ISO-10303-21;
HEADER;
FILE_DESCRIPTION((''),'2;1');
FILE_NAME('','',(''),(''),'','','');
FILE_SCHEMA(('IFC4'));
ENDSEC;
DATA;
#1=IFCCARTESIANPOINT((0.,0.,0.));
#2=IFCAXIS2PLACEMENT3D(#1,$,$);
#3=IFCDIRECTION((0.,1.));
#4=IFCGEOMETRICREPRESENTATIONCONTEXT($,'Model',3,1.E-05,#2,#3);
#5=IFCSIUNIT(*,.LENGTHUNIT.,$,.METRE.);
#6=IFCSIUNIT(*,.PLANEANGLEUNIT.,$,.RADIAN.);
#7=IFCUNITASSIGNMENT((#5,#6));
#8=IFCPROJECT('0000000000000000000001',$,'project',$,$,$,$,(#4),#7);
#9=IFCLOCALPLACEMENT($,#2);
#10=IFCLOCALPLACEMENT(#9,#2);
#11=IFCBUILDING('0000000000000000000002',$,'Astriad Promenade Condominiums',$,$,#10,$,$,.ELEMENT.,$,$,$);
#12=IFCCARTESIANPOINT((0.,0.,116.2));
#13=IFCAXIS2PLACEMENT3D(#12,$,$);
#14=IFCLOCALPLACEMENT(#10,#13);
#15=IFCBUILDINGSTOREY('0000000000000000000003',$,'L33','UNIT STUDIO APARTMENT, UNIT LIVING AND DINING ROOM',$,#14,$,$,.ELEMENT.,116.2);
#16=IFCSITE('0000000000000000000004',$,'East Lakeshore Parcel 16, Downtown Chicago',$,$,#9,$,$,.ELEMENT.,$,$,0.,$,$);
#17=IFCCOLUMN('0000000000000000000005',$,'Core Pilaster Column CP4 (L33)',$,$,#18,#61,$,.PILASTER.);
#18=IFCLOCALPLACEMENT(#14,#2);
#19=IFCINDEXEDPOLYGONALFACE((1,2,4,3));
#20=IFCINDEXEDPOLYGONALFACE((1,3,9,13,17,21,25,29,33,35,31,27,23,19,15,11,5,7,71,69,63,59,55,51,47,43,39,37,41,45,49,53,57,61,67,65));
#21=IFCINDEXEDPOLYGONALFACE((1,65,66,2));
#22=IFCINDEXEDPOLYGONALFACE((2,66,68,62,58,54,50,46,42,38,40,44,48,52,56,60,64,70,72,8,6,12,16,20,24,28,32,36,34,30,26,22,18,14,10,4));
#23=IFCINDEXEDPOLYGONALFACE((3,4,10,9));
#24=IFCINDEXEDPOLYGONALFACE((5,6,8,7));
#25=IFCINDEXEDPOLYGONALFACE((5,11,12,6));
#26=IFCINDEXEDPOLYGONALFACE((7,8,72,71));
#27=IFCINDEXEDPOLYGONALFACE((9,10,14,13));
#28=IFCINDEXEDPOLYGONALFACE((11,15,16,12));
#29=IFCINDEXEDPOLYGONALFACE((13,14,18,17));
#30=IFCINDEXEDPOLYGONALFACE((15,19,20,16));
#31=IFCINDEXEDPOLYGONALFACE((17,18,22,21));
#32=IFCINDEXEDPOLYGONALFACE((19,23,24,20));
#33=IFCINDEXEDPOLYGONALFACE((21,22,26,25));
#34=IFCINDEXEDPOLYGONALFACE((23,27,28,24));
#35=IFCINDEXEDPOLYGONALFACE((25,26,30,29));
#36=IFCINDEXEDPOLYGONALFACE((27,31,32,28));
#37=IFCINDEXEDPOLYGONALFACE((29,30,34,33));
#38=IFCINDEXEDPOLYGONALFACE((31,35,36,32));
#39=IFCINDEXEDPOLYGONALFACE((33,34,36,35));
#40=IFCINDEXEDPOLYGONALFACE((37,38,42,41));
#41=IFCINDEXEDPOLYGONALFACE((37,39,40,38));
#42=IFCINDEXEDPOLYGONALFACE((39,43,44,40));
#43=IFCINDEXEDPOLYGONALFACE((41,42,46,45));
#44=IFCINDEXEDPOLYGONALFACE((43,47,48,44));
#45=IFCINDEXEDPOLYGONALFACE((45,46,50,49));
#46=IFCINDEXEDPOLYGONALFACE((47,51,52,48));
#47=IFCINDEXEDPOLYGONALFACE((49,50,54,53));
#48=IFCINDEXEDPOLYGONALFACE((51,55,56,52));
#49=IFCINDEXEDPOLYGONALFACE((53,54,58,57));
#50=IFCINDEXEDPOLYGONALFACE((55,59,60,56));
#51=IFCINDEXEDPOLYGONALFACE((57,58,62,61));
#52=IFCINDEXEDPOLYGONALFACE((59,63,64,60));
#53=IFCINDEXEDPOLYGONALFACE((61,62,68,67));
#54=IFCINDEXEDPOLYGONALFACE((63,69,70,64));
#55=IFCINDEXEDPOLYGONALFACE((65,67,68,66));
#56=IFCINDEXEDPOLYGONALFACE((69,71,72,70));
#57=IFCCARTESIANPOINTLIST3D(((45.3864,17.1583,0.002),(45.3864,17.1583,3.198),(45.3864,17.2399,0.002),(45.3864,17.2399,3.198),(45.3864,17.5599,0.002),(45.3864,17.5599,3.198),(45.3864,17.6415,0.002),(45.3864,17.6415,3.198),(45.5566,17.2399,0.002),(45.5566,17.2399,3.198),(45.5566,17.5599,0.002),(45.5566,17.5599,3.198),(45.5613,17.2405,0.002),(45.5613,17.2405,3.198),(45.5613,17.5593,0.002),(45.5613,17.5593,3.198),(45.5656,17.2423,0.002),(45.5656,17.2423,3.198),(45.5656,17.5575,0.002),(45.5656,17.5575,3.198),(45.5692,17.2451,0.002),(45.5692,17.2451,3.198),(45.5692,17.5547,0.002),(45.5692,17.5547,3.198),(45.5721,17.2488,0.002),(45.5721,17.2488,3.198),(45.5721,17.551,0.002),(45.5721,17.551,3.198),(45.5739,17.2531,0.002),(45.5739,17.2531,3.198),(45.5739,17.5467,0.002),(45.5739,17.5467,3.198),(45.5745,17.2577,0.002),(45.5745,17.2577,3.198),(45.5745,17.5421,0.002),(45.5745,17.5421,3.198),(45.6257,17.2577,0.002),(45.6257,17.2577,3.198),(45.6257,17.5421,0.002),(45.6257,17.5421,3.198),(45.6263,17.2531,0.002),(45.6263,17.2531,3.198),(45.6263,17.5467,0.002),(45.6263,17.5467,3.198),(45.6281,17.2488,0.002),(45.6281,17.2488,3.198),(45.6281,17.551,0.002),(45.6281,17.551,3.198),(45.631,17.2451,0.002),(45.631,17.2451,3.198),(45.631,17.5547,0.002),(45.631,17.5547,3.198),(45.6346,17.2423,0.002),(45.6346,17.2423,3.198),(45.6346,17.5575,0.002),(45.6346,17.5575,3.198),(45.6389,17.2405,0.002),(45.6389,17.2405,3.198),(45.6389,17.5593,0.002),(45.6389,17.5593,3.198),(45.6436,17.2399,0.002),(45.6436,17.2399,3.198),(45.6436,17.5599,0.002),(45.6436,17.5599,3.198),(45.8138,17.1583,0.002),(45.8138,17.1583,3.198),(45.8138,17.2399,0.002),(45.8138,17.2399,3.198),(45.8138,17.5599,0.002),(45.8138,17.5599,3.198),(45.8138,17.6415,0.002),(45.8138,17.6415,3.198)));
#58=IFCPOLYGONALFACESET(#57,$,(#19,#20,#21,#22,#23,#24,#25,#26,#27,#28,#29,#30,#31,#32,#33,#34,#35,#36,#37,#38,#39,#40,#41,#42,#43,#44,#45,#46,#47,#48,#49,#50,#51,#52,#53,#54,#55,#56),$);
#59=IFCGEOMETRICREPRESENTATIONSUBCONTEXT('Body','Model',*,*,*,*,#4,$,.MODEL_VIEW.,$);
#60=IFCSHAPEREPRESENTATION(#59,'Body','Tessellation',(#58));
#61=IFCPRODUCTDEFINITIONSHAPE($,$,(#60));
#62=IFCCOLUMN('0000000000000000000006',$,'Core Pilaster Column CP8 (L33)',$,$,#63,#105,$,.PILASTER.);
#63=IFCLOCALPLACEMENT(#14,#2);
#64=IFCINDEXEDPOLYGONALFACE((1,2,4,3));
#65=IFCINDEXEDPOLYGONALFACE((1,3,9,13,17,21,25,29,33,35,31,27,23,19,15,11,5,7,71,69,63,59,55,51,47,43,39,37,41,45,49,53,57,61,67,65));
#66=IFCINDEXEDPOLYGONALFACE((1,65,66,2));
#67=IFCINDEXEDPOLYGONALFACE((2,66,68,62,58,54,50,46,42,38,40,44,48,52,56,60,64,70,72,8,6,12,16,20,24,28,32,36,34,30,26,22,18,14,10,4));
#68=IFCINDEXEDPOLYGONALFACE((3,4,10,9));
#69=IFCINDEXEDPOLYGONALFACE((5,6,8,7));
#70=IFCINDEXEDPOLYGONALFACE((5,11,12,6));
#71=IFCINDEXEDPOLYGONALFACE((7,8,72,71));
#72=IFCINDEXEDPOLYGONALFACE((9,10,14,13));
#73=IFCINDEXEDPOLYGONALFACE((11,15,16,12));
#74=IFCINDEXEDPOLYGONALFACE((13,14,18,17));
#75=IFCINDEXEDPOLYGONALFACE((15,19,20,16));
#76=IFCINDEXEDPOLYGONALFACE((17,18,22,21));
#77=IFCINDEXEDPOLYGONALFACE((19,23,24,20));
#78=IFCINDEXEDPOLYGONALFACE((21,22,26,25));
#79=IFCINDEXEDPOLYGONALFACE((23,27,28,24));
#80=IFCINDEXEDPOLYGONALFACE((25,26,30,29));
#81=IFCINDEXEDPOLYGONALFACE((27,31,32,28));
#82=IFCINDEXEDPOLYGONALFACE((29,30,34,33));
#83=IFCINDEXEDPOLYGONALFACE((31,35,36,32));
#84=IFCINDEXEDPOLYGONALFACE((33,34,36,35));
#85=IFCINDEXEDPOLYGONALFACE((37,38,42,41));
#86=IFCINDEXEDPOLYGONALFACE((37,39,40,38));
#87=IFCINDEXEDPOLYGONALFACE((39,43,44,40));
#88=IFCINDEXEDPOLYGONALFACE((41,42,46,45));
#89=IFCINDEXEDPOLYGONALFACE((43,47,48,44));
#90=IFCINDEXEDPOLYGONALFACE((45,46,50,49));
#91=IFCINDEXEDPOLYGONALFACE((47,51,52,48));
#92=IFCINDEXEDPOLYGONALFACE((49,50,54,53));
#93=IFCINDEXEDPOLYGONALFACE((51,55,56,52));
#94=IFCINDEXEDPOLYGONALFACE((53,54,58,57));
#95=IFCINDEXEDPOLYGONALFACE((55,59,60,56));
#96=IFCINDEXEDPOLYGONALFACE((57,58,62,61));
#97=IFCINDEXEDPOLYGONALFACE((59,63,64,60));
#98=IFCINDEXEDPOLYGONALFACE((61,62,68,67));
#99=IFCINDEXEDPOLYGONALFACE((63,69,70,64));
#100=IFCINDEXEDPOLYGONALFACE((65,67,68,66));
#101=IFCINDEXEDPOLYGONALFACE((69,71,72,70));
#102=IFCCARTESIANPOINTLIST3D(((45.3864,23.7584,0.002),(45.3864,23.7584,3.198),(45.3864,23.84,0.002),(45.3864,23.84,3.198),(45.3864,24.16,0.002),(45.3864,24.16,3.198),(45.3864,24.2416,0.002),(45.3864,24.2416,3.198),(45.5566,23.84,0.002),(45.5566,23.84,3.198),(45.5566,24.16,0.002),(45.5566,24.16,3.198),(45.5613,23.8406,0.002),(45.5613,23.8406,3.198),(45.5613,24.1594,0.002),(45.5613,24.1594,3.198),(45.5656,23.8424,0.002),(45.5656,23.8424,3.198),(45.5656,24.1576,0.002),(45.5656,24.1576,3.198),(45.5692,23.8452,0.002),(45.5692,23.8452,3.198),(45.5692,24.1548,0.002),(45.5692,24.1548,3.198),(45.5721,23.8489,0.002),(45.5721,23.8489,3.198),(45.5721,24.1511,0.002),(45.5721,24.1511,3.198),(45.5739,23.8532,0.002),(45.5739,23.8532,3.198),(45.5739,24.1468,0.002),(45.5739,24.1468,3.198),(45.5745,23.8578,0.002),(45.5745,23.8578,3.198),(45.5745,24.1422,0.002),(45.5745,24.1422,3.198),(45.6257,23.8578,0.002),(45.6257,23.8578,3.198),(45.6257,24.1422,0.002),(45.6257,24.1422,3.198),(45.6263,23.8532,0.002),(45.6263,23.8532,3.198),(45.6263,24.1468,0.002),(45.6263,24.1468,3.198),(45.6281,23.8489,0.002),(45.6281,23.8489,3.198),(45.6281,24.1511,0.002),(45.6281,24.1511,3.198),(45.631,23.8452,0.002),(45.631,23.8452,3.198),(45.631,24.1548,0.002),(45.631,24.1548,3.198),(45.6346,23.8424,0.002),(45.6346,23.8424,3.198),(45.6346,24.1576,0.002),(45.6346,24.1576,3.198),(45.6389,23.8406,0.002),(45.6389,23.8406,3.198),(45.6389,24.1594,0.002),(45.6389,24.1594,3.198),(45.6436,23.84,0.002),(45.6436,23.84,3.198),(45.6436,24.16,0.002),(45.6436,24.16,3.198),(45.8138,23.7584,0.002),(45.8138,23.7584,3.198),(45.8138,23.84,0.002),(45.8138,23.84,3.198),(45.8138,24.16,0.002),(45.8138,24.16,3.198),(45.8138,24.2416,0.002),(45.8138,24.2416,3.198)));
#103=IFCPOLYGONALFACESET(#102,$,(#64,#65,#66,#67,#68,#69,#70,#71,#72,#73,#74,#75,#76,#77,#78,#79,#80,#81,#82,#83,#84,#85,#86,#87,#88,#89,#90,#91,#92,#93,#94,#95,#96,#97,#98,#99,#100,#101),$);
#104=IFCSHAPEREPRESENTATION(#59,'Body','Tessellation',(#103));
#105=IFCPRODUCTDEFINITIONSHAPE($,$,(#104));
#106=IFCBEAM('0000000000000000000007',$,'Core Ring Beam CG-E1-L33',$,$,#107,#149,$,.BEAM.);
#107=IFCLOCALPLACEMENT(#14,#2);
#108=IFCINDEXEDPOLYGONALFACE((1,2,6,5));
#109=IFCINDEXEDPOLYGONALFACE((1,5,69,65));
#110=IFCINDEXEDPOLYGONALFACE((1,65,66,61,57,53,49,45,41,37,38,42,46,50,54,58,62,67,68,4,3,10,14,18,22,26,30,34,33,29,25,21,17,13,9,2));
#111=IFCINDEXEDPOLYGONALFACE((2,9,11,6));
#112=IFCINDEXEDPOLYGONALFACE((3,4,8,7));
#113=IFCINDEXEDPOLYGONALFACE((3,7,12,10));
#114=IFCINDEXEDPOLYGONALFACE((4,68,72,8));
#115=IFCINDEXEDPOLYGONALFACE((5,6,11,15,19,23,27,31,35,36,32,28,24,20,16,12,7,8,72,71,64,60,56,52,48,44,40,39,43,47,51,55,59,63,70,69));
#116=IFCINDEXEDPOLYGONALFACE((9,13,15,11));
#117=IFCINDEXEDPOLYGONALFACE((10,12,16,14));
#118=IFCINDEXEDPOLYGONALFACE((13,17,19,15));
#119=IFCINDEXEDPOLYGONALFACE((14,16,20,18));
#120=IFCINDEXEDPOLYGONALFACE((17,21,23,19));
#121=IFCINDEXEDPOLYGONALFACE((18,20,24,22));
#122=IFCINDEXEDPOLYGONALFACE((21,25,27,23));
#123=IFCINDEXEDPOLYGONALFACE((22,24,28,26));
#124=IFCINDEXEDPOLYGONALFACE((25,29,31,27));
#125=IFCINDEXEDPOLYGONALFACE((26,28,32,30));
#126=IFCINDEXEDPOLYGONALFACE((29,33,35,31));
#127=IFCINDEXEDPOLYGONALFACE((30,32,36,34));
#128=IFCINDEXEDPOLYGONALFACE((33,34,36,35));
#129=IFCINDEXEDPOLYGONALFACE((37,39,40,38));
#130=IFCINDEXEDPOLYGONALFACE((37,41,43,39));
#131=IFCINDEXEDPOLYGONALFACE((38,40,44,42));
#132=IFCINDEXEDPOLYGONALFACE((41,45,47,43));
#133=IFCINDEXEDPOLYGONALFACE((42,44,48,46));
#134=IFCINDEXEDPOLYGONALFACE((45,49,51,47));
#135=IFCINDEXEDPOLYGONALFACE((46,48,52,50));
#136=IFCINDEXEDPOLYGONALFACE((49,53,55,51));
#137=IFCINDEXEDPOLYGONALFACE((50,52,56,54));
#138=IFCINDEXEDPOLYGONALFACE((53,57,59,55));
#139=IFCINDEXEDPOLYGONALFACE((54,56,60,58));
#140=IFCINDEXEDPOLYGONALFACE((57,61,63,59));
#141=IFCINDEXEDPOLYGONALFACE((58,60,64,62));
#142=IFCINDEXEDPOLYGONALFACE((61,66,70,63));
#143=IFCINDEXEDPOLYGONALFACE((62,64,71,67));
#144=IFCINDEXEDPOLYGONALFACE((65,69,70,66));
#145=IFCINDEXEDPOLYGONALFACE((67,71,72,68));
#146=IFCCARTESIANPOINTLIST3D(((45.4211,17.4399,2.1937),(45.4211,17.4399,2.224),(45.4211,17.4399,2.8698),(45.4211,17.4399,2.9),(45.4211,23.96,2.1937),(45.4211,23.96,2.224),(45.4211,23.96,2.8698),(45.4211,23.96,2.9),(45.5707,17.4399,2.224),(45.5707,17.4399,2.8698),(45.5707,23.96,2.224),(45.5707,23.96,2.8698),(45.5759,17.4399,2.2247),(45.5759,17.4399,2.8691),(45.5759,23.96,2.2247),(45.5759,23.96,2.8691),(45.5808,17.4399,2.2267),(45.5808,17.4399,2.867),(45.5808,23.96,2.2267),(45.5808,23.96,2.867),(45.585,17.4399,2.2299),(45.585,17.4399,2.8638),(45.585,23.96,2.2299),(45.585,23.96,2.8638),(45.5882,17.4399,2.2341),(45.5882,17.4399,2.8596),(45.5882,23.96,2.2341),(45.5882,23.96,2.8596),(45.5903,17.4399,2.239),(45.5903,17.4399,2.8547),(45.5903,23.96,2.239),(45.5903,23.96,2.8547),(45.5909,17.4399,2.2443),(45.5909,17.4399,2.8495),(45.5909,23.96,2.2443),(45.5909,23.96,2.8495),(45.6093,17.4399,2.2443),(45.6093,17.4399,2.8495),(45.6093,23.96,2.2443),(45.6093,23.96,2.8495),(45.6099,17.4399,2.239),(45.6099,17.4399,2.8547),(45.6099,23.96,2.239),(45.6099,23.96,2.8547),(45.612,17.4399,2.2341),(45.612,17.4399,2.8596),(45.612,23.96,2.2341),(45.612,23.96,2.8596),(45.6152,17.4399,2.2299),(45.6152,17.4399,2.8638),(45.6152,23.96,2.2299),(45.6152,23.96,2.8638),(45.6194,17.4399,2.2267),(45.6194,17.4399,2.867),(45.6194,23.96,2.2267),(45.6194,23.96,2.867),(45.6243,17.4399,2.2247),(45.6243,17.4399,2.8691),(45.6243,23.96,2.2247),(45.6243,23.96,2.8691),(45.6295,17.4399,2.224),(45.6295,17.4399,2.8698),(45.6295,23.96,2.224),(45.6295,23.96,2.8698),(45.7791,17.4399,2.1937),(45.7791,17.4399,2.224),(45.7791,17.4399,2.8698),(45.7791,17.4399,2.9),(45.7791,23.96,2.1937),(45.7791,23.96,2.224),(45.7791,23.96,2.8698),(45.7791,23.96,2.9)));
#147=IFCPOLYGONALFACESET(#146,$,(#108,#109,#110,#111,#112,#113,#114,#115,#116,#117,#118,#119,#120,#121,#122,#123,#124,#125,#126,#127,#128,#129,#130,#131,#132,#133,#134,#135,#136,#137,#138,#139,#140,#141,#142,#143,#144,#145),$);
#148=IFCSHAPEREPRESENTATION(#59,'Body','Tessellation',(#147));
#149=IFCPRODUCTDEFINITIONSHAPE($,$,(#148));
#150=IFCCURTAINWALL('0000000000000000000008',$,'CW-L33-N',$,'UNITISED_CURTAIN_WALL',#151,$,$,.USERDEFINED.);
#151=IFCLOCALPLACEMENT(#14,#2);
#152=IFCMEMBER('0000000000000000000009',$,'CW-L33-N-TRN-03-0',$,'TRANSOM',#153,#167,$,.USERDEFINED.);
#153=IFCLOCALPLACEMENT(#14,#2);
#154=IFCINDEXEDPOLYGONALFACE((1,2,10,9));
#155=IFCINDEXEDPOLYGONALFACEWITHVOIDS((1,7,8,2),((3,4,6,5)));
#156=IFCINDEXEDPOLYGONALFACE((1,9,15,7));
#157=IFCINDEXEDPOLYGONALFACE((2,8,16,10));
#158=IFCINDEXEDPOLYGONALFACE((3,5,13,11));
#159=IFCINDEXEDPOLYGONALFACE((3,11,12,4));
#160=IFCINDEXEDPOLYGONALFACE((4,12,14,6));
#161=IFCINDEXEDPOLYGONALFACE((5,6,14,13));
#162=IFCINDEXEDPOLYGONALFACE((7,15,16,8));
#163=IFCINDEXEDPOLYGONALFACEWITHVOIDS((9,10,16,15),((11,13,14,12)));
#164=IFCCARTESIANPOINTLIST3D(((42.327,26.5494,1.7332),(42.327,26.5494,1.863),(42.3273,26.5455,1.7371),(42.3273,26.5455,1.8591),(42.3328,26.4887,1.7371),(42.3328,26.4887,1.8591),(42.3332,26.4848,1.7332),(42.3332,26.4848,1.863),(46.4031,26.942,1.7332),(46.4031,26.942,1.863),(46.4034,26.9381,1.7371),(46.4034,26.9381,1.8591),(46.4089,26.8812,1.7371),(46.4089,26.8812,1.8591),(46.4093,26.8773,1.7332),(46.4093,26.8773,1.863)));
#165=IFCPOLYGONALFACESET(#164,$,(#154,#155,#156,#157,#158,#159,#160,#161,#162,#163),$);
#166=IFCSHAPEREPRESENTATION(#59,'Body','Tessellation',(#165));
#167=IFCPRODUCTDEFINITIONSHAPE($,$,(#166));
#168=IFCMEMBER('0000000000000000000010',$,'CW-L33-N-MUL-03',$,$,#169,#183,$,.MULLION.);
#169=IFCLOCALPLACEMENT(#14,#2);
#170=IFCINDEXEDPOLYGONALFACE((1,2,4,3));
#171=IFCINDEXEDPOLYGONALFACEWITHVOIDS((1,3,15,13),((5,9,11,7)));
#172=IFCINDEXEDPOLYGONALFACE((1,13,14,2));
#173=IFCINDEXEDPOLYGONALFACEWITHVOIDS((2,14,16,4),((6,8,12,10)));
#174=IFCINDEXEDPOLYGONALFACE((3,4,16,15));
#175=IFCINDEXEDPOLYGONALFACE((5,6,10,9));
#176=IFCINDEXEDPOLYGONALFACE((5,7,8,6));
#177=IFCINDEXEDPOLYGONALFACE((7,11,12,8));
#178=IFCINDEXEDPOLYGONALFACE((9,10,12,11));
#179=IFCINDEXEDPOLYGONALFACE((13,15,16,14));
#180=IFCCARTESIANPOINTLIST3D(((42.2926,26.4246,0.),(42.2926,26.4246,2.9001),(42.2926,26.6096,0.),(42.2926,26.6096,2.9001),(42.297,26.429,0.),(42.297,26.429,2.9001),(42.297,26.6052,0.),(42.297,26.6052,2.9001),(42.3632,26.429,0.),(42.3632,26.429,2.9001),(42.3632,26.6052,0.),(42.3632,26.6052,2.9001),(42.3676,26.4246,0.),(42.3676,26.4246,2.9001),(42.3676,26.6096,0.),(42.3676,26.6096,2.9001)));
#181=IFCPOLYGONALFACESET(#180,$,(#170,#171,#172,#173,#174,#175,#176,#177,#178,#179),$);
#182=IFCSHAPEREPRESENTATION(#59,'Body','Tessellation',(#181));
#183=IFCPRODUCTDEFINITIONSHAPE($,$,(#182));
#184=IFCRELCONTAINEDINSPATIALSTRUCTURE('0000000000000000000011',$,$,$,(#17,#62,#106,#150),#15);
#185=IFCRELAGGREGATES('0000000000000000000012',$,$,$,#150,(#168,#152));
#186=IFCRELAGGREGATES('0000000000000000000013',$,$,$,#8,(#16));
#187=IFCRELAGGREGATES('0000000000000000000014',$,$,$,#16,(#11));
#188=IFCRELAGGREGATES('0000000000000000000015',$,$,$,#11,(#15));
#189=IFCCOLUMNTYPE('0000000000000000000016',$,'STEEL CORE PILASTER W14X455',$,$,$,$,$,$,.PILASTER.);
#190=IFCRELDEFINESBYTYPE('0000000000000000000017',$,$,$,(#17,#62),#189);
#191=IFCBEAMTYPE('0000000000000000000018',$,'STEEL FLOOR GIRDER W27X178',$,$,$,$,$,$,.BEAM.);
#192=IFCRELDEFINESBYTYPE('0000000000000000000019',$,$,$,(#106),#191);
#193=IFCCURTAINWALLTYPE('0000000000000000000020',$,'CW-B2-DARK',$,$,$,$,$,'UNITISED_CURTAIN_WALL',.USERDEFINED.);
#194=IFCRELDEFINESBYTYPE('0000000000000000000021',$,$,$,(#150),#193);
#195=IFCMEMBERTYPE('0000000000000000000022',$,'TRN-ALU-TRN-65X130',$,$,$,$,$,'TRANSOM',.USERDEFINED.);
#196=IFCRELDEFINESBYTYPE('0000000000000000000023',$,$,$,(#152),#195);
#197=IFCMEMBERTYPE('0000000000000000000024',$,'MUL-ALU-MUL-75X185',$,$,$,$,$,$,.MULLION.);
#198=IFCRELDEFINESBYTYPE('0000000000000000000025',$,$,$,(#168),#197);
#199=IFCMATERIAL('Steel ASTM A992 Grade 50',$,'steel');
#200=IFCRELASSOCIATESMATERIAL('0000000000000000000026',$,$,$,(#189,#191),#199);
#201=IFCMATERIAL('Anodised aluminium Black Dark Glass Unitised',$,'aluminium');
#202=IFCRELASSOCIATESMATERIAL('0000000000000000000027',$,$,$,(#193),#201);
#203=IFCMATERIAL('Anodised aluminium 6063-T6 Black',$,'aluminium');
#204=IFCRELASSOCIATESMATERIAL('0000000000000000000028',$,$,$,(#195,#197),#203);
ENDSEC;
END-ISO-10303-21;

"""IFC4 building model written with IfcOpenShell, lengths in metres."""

from ifc_helpers import new_model, si_unit, direction, frame, origin, origin_2d, place, context, subcontext, project, spatial, hollow_rectangle, i_section, extrude, source, transform, mapped, material, material_profile, profile_set, type_object, type_shapes, element, aggregate, save


model = new_model("IFC4")

# Units and contexts
model_context = context("Model", 3, precision=1e-05, world=origin(), true_north=direction((0.0, 1.0)))
body_context = subcontext(model_context, "Body", "Model", "MODEL_VIEW")
ifc_project = project(units=[si_unit("LENGTHUNIT", "METRE"), si_unit("PLANEANGLEUNIT", "RADIAN")], contexts=[model_context])

# Site, building, storey
site_placement = place(None, origin())
site = spatial("IfcSite", under=ifc_project, at=site_placement, Name="East Lakeshore Parcel 16, Downtown Chicago", CompositionType="ELEMENT", RefElevation=0.0)
building_placement = place(site_placement, origin())
building = spatial("IfcBuilding", under=site, at=building_placement, Name="Astriad Promenade Condominiums", CompositionType="ELEMENT")
storey_placement = place(building_placement, frame((0.0, 0.0, 116.2)))
storey = spatial("IfcBuildingStorey", under=building, at=storey_placement, Name="L33", Description="UNIT STUDIO APARTMENT, UNIT LIVING AND DINING ROOM", CompositionType="ELEMENT", Elevation=116.2)

# Columns
ifc_material_1 = material(Name="Steel ASTM A992 Grade 50", Category="steel")
ifc_material_profile_1 = material_profile(ifc_material_1, i_section(OverallWidth=0.4275, OverallDepth=0.4832, WebThickness=0.0513, FlangeThickness=0.0815, FilletRadius=0.0178, at=origin_2d()), Name="W14X455")
ifc_profile_set_1 = profile_set([ifc_material_profile_1], Name="Steel ASTM A992 Grade 50")
column_type = type_object("IfcColumnType", Name="STEEL CORE PILASTER W14X455", PredefinedType="PILASTER", material=ifc_profile_set_1)
shared_shape_1 = source(origin(), body_context, "Body", "SweptSolid", [
    extrude(i_section(OverallWidth=0.4275, OverallDepth=0.4832, WebThickness=0.0513, FlangeThickness=0.0815, FilletRadius=0.0178, at=origin_2d()), origin(), (0.0, 0.0, 1.0), 3.196),
])
type_shapes(column_type, [shared_shape_1])
for number, where, z_axis, x_axis, name in (
    (1, (45.6001, 17.3999, 0.002), (0.0, 0.0, 1.0), (1.0, 0.0, 0.0), "Core Pilaster Column CP4 (L33)"),
    (2, (45.6001, 24.0, 0.002), (0.0, 0.0, 1.0), (1.0, 0.0, 0.0), "Core Pilaster Column CP8 (L33)"),
):
    element("IfcColumn", number, at=place(storey_placement, frame(where, z_axis=z_axis, x_axis=x_axis)), inside=storey, type_object=column_type, Name=name, PredefinedType="PILASTER", context=body_context, shape_type="MappedRepresentation", body=[
        mapped(shared_shape_1, transform((0.0, 0.0, 0.0), scale=1.0)),
    ])

# Beam
ifc_material_profile_2 = material_profile(ifc_material_1, i_section(OverallWidth=0.3579, OverallDepth=0.7063, WebThickness=0.0183, FlangeThickness=0.0303, FilletRadius=0.0203, at=origin_2d()), Name="W27X178")
ifc_profile_set_2 = profile_set([ifc_material_profile_2], Name="Steel ASTM A992 Grade 50")
beam_type = type_object("IfcBeamType", Name="STEEL FLOOR GIRDER W27X178", PredefinedType="BEAM", material=ifc_profile_set_2)
shared_shape_2 = source(origin(), body_context, "Body", "SweptSolid", [
    extrude(i_section(OverallWidth=0.3579, OverallDepth=0.7063, WebThickness=0.0183, FlangeThickness=0.0303, FilletRadius=0.0203, at=origin_2d()), origin(), (0.0, 0.0, 1.0), 6.52),
])
type_shapes(beam_type, [shared_shape_2])
beam_placement = place(storey_placement, frame((45.6001, 17.4399, 2.5469), z_axis=(0.0, 1.0, 0.0), x_axis=(-1.0, 0.0, 0.0)))
element("IfcBeam", 3, at=beam_placement, inside=storey, type_object=beam_type, Name="Core Ring Beam CG-E1-L33", PredefinedType="BEAM", context=body_context, shape_type="MappedRepresentation", body=[
    mapped(shared_shape_2, transform((0.0, 0.0, 0.0), scale=1.0)),
])

# Curtain wall, members
ifc_material_2 = material(Name="Anodised aluminium Black Dark Glass Unitised", Category="aluminium")
curtain_wall_type = type_object("IfcCurtainWallType", Name="CW-B2-DARK", ElementType="UNITISED_CURTAIN_WALL", PredefinedType="USERDEFINED", material=ifc_material_2)
curtain_wall_placement = place(storey_placement, origin())
curtain_wall = element("IfcCurtainWall", 4, at=curtain_wall_placement, inside=storey, type_object=curtain_wall_type, Name="CW-L33-N", ObjectType="UNITISED_CURTAIN_WALL", PredefinedType="USERDEFINED")
ifc_material_3 = material(Name="Anodised aluminium 6063-T6 Black", Category="aluminium")
ifc_material_profile_3 = material_profile(ifc_material_3, hollow_rectangle(XDim=0.0649, YDim=0.1299, WallThickness=0.0039, at=origin_2d()), Name="ALU-TRN-65X130")
ifc_profile_set_3 = profile_set([ifc_material_profile_3], Name="Anodised aluminium 6063-T6 Black")
member_type_1 = type_object("IfcMemberType", Name="TRN-ALU-TRN-65X130", ElementType="TRANSOM", PredefinedType="USERDEFINED", material=ifc_profile_set_3)
shared_shape_3 = source(origin(), body_context, "Body", "SweptSolid", [
    extrude(hollow_rectangle(XDim=0.0649, YDim=0.1299, WallThickness=0.0039, at=origin_2d()), origin(), (0.0, 0.0, 1.0), 4.095),
])
type_shapes(member_type_1, [shared_shape_3])
member_1_placement = place(storey_placement, frame((42.3301, 26.5171, 1.7981), z_axis=(0.995394, 0.095867, 0.0), x_axis=(-0.095867, 0.995394, 0.0)))
member_1 = element("IfcMember", 5, at=member_1_placement, type_object=member_type_1, Name="CW-L33-N-TRN-03-0", ObjectType="TRANSOM", PredefinedType="USERDEFINED", context=body_context, shape_type="MappedRepresentation", body=[
    mapped(shared_shape_3, transform((0.0, 0.0, 0.0), scale=1.0)),
])
ifc_material_profile_4 = material_profile(ifc_material_3, hollow_rectangle(XDim=0.075, YDim=0.1851, WallThickness=0.0044, at=origin_2d()), Name="ALU-MUL-75X185")
ifc_profile_set_4 = profile_set([ifc_material_profile_4], Name="Anodised aluminium 6063-T6 Black")
member_type_2 = type_object("IfcMemberType", Name="MUL-ALU-MUL-75X185", PredefinedType="MULLION", material=ifc_profile_set_4)
shared_shape_4 = source(origin(), body_context, "Body", "SweptSolid", [
    extrude(hollow_rectangle(XDim=0.075, YDim=0.1851, WallThickness=0.0044, at=origin_2d()), origin(), (0.0, 0.0, 1.0), 2.9001),
])
type_shapes(member_type_2, [shared_shape_4])
member_2_placement = place(storey_placement, frame((42.3301, 26.5171, 0.0), z_axis=(0.0, 0.0, 1.0), x_axis=(1.0, 0.0, 0.0)))
member_2 = element("IfcMember", 6, at=member_2_placement, type_object=member_type_2, Name="CW-L33-N-MUL-03", PredefinedType="MULLION", context=body_context, shape_type="MappedRepresentation", body=[
    mapped(shared_shape_4, transform((0.0, 0.0, 0.0), scale=1.0)),
])
aggregate(curtain_wall, [member_2, member_1])

save(model, "model.ifc")
